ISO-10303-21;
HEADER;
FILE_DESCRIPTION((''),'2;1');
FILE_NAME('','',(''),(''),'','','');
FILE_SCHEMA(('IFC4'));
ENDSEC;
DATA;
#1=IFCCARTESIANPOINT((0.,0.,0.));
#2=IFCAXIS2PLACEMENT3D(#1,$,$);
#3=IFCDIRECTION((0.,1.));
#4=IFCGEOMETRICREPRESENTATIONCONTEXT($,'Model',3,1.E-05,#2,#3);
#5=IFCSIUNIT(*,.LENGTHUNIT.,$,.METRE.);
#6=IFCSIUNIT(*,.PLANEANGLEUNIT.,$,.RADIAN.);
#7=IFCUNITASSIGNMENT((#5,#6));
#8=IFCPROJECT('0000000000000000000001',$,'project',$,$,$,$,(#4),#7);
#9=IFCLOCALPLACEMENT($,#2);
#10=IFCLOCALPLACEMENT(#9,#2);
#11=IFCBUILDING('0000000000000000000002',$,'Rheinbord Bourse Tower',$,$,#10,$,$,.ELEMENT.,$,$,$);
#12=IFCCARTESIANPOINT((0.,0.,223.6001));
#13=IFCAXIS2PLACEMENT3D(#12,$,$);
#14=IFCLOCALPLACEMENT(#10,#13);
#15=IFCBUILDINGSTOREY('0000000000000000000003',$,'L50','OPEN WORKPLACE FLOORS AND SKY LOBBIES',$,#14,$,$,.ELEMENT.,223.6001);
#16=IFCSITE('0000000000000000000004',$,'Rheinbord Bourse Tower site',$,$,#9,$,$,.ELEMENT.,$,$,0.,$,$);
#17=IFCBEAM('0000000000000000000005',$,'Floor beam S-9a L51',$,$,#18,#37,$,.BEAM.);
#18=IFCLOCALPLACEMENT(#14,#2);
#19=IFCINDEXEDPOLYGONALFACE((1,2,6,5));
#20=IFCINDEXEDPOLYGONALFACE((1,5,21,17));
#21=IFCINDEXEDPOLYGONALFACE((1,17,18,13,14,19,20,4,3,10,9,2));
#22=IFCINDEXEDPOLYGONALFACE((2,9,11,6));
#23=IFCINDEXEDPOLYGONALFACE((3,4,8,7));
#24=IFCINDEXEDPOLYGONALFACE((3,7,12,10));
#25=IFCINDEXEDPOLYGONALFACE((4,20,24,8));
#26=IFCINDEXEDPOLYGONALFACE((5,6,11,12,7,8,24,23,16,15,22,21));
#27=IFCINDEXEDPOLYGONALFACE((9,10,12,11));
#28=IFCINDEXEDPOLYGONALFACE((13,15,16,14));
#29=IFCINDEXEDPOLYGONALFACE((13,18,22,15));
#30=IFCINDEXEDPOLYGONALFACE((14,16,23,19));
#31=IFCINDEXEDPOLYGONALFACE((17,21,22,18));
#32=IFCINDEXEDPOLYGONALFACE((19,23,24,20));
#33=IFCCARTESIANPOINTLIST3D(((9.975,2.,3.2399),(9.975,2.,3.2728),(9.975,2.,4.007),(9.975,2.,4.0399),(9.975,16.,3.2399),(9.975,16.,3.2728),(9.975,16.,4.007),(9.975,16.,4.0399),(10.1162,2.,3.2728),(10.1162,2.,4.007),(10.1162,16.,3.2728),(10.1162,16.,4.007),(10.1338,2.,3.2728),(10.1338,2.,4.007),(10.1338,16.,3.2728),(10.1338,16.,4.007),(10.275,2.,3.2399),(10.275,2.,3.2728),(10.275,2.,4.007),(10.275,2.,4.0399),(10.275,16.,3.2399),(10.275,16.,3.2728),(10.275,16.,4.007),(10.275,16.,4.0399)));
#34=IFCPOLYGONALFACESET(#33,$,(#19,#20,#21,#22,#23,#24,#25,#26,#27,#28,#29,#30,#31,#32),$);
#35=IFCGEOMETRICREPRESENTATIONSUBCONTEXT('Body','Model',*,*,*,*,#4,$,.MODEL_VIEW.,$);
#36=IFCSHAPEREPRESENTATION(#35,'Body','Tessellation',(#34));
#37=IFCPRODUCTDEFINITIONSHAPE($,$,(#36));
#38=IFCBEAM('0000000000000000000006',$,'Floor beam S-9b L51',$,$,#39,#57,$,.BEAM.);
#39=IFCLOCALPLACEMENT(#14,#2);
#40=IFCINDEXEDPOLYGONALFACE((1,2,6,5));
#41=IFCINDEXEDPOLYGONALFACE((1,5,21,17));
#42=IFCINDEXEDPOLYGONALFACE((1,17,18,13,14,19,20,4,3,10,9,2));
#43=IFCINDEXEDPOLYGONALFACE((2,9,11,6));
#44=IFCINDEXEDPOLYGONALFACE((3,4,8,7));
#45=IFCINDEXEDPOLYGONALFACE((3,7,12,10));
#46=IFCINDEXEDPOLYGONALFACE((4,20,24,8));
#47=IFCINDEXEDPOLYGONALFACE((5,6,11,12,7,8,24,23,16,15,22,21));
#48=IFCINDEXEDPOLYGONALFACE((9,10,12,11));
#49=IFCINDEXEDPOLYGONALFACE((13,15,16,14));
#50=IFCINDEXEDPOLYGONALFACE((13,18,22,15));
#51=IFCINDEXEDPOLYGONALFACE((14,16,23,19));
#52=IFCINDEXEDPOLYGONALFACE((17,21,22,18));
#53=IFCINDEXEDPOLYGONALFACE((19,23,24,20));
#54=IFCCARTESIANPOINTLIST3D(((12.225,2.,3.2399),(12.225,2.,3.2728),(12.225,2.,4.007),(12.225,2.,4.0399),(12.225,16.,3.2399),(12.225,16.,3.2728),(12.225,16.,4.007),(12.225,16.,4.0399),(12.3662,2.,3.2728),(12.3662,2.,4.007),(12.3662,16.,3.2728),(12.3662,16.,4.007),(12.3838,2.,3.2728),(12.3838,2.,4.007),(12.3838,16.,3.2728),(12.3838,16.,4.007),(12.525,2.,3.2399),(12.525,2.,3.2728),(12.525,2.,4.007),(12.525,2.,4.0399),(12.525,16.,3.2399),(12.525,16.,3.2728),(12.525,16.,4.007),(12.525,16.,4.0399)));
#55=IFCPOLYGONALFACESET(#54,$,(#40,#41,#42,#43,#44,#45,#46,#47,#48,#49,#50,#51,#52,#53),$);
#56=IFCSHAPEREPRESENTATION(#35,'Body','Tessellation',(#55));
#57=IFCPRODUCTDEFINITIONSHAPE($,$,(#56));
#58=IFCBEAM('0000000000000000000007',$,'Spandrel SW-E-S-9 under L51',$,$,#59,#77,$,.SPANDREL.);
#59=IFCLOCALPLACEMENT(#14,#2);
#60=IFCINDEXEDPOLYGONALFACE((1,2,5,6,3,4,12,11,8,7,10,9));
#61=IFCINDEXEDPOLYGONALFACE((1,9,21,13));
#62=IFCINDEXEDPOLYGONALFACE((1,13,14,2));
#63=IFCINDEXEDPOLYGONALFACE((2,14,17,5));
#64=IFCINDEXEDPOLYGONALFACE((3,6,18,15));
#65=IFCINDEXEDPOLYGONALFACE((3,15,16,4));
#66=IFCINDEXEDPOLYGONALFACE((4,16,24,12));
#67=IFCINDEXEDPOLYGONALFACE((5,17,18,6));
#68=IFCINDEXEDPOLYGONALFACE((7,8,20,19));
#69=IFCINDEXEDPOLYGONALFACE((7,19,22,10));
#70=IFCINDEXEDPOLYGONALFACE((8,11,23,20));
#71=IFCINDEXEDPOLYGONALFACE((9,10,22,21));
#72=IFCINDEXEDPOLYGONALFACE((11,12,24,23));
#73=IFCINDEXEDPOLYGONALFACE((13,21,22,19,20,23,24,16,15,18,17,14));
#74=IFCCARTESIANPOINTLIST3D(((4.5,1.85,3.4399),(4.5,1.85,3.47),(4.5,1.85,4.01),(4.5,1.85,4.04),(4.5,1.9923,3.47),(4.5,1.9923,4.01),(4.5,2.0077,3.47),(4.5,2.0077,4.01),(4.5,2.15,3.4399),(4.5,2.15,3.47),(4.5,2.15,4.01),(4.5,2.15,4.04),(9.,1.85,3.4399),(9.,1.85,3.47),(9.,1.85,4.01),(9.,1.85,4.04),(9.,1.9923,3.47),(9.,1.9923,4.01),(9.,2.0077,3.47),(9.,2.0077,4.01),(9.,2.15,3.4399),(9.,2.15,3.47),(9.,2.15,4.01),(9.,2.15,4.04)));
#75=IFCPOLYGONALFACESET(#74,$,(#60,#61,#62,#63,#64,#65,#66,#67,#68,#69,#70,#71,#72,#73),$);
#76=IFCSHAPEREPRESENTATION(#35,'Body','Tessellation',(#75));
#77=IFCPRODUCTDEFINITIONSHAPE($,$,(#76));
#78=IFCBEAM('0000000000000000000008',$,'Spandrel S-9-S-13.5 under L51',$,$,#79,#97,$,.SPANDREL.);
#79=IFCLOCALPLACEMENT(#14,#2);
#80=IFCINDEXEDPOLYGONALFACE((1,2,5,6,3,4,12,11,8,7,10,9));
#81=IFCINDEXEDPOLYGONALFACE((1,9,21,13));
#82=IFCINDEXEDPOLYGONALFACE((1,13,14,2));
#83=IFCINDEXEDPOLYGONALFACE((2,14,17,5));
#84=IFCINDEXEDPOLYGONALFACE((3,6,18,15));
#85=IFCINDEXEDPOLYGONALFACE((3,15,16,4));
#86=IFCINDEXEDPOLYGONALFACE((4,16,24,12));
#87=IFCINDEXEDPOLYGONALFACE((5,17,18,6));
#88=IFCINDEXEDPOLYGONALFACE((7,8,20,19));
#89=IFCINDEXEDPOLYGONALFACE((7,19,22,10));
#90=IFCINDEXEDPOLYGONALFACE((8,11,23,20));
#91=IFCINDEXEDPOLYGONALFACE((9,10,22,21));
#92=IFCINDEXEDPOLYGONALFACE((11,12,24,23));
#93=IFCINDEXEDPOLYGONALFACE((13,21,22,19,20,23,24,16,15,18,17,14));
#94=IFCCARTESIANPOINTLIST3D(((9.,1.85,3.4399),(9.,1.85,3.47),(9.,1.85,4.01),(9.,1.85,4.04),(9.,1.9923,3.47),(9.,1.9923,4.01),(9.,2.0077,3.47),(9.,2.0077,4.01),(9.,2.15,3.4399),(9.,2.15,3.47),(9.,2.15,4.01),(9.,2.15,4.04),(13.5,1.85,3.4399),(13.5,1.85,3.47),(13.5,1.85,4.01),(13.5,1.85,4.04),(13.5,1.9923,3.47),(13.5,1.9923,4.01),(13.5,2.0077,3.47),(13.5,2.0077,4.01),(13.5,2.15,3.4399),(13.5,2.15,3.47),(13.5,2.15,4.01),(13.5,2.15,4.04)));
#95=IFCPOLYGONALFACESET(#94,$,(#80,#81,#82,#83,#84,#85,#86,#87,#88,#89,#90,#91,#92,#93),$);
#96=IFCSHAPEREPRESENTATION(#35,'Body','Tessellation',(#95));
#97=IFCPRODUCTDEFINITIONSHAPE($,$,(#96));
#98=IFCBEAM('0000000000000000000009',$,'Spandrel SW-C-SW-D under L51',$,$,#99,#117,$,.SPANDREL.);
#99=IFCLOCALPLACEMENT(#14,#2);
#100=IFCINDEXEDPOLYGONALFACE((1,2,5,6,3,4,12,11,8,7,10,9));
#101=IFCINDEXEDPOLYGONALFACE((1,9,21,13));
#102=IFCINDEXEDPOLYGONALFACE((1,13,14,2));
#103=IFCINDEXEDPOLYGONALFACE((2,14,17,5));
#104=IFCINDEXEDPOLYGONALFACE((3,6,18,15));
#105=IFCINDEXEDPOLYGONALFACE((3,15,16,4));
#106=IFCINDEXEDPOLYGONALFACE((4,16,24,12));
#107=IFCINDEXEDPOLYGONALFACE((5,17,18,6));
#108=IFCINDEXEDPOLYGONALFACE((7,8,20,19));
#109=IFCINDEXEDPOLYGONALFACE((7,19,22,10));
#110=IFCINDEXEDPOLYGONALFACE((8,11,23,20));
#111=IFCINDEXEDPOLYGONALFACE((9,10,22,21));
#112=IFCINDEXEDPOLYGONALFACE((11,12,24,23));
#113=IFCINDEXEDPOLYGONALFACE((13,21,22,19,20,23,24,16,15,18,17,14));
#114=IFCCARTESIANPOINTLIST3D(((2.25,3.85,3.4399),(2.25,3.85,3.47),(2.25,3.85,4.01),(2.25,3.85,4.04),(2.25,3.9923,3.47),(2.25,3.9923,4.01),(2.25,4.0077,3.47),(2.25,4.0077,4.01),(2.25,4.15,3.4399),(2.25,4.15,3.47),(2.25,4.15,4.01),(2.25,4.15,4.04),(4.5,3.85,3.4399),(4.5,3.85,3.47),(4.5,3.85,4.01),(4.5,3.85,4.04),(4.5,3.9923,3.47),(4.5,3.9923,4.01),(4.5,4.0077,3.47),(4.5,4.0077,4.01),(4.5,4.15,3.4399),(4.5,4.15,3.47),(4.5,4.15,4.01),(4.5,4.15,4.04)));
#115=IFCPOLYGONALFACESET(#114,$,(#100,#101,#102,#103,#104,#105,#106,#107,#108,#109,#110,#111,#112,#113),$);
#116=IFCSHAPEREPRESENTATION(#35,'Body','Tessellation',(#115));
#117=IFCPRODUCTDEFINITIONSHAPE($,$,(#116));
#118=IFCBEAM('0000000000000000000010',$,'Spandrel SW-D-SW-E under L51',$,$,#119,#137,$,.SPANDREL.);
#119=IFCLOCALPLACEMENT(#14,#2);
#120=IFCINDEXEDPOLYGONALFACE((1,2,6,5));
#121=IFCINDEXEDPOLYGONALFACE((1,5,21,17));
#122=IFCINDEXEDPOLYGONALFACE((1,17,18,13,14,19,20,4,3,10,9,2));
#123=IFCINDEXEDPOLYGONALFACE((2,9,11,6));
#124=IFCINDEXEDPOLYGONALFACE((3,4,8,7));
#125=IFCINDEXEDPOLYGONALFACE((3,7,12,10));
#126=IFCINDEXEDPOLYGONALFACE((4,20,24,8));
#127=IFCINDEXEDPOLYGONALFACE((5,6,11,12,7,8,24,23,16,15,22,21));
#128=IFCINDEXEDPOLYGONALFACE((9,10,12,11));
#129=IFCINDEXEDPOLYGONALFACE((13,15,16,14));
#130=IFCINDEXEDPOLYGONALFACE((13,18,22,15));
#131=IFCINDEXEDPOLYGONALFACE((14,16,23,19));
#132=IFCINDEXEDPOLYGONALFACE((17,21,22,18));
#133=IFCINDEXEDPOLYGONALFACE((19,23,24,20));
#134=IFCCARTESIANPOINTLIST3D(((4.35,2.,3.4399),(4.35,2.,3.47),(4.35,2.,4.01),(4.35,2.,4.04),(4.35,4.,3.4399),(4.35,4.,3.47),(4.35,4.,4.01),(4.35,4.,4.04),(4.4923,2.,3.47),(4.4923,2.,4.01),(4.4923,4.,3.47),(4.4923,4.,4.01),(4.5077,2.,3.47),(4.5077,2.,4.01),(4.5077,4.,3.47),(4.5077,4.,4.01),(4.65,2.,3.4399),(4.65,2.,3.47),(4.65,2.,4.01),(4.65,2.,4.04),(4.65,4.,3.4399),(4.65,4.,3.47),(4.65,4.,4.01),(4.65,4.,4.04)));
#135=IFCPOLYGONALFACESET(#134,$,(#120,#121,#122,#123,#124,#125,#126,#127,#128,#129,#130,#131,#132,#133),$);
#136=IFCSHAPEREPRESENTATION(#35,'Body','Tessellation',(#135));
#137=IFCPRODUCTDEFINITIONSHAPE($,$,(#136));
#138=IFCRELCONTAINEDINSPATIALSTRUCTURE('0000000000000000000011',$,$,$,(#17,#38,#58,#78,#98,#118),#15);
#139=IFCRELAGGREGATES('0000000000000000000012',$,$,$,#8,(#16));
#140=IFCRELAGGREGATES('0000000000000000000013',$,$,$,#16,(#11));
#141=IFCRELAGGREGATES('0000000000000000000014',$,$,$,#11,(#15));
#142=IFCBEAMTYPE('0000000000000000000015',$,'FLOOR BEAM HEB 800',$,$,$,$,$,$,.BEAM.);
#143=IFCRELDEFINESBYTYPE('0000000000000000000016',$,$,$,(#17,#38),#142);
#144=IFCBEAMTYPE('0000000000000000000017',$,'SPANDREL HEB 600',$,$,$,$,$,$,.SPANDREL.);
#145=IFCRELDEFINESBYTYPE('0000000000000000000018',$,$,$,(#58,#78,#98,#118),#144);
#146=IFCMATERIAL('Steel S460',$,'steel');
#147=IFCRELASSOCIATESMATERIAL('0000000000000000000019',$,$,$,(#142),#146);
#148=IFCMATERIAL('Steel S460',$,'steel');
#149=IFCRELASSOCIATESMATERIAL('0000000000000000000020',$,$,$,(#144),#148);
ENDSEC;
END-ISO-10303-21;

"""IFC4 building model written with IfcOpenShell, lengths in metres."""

from ifc_helpers import new_model, si_unit, direction, frame, origin, origin_2d, place, context, subcontext, project, spatial, i_section, extrude, material, material_profile, profile_set, type_object, element, save


model = new_model("IFC4")

# Units and contexts
model_context = context("Model", 3, precision=1e-05, world=origin(), true_north=direction((0.0, 1.0)))
body_context = subcontext(model_context, "Body", "Model", "MODEL_VIEW")
ifc_project = project(units=[si_unit("LENGTHUNIT", "METRE"), si_unit("PLANEANGLEUNIT", "RADIAN")], contexts=[model_context])

# Site, building, storey
site_placement = place(None, origin())
site = spatial("IfcSite", under=ifc_project, at=site_placement, Name="Rheinbord Bourse Tower site", CompositionType="ELEMENT", RefElevation=0.0)
building_placement = place(site_placement, origin())
building = spatial("IfcBuilding", under=site, at=building_placement, Name="Rheinbord Bourse Tower", CompositionType="ELEMENT")
storey_placement = place(building_placement, frame((0.0, 0.0, 223.6001)))
storey = spatial("IfcBuildingStorey", under=building, at=storey_placement, Name="L50", Description="OPEN WORKPLACE FLOORS AND SKY LOBBIES", CompositionType="ELEMENT", Elevation=223.6001)

# Beams
ifc_material_1 = material(Name="Steel S460", Category="steel")
ifc_material_profile_1 = material_profile(ifc_material_1, i_section(OverallWidth=0.3, OverallDepth=0.8, WebThickness=0.0176, FlangeThickness=0.033, at=origin_2d()), Name="HEB 800")
ifc_profile_set_1 = profile_set([ifc_material_profile_1], Name="Steel S460")
beam_type_1 = type_object("IfcBeamType", Name="FLOOR BEAM HEB 800", PredefinedType="BEAM", material=ifc_profile_set_1)
for number, where, z_axis, x_axis, name in (
    (1, (10.125, 2.0, 3.6399), (0.0, 1.0, 0.0), (-1.0, 0.0, 0.0), "Floor beam S-9a L51"),
    (2, (12.375, 2.0, 3.6399), (0.0, 1.0, 0.0), (-1.0, 0.0, 0.0), "Floor beam S-9b L51"),
):
    element("IfcBeam", number, at=place(storey_placement, frame(where, z_axis=z_axis, x_axis=x_axis)), inside=storey, type_object=beam_type_1, Name=name, PredefinedType="BEAM", context=body_context, shape_type="SweptSolid", body=[
        extrude(i_section(OverallWidth=0.3, OverallDepth=0.8, WebThickness=0.0176, FlangeThickness=0.033, at=origin_2d()), origin(), (0.0, 0.0, 1.0), 14.0),
    ])
ifc_material_2 = material(Name="Steel S460", Category="steel")
ifc_material_profile_2 = material_profile(ifc_material_2, i_section(OverallWidth=0.3, OverallDepth=0.6001, WebThickness=0.0154, FlangeThickness=0.03, at=origin_2d()), Name="HEB 600")
ifc_profile_set_2 = profile_set([ifc_material_profile_2], Name="Steel S460")
beam_type_2 = type_object("IfcBeamType", Name="SPANDREL HEB 600", PredefinedType="SPANDREL", material=ifc_profile_set_2)
for number, where, z_axis, x_axis, name in (
    (3, (4.5, 2.0, 3.74), (1.0, 0.0, 0.0), (0.0, 1.0, 0.0), "Spandrel SW-E-S-9 under L51"),
    (4, (9.0, 2.0, 3.74), (1.0, 0.0, 0.0), (0.0, 1.0, 0.0), "Spandrel S-9-S-13.5 under L51"),
):
    element("IfcBeam", number, at=place(storey_placement, frame(where, z_axis=z_axis, x_axis=x_axis)), inside=storey, type_object=beam_type_2, Name=name, PredefinedType="SPANDREL", context=body_context, shape_type="SweptSolid", body=[
        extrude(i_section(OverallWidth=0.3, OverallDepth=0.6001, WebThickness=0.0154, FlangeThickness=0.03, at=origin_2d()), origin(), (0.0, 0.0, 1.0), 4.5),
    ])
beam_1_placement = place(storey_placement, frame((2.25, 4.0, 3.74), z_axis=(1.0, 0.0, 0.0), x_axis=(0.0, 1.0, 0.0)))
element("IfcBeam", 5, at=beam_1_placement, inside=storey, type_object=beam_type_2, Name="Spandrel SW-C-SW-D under L51", PredefinedType="SPANDREL", context=body_context, shape_type="SweptSolid", body=[
    extrude(i_section(OverallWidth=0.3, OverallDepth=0.6001, WebThickness=0.0154, FlangeThickness=0.03, at=origin_2d()), origin(), (0.0, 0.0, 1.0), 2.25),
])
beam_2_placement = place(storey_placement, frame((4.5, 4.0, 3.74), z_axis=(0.0, -1.0, 0.0), x_axis=(1.0, 0.0, 0.0)))
element("IfcBeam", 6, at=beam_2_placement, inside=storey, type_object=beam_type_2, Name="Spandrel SW-D-SW-E under L51", PredefinedType="SPANDREL", context=body_context, shape_type="SweptSolid", body=[
    extrude(i_section(OverallWidth=0.3, OverallDepth=0.6001, WebThickness=0.0154, FlangeThickness=0.03, at=origin_2d()), origin(), (0.0, 0.0, 1.0), 2.0),
])

save(model, "model.ifc")
